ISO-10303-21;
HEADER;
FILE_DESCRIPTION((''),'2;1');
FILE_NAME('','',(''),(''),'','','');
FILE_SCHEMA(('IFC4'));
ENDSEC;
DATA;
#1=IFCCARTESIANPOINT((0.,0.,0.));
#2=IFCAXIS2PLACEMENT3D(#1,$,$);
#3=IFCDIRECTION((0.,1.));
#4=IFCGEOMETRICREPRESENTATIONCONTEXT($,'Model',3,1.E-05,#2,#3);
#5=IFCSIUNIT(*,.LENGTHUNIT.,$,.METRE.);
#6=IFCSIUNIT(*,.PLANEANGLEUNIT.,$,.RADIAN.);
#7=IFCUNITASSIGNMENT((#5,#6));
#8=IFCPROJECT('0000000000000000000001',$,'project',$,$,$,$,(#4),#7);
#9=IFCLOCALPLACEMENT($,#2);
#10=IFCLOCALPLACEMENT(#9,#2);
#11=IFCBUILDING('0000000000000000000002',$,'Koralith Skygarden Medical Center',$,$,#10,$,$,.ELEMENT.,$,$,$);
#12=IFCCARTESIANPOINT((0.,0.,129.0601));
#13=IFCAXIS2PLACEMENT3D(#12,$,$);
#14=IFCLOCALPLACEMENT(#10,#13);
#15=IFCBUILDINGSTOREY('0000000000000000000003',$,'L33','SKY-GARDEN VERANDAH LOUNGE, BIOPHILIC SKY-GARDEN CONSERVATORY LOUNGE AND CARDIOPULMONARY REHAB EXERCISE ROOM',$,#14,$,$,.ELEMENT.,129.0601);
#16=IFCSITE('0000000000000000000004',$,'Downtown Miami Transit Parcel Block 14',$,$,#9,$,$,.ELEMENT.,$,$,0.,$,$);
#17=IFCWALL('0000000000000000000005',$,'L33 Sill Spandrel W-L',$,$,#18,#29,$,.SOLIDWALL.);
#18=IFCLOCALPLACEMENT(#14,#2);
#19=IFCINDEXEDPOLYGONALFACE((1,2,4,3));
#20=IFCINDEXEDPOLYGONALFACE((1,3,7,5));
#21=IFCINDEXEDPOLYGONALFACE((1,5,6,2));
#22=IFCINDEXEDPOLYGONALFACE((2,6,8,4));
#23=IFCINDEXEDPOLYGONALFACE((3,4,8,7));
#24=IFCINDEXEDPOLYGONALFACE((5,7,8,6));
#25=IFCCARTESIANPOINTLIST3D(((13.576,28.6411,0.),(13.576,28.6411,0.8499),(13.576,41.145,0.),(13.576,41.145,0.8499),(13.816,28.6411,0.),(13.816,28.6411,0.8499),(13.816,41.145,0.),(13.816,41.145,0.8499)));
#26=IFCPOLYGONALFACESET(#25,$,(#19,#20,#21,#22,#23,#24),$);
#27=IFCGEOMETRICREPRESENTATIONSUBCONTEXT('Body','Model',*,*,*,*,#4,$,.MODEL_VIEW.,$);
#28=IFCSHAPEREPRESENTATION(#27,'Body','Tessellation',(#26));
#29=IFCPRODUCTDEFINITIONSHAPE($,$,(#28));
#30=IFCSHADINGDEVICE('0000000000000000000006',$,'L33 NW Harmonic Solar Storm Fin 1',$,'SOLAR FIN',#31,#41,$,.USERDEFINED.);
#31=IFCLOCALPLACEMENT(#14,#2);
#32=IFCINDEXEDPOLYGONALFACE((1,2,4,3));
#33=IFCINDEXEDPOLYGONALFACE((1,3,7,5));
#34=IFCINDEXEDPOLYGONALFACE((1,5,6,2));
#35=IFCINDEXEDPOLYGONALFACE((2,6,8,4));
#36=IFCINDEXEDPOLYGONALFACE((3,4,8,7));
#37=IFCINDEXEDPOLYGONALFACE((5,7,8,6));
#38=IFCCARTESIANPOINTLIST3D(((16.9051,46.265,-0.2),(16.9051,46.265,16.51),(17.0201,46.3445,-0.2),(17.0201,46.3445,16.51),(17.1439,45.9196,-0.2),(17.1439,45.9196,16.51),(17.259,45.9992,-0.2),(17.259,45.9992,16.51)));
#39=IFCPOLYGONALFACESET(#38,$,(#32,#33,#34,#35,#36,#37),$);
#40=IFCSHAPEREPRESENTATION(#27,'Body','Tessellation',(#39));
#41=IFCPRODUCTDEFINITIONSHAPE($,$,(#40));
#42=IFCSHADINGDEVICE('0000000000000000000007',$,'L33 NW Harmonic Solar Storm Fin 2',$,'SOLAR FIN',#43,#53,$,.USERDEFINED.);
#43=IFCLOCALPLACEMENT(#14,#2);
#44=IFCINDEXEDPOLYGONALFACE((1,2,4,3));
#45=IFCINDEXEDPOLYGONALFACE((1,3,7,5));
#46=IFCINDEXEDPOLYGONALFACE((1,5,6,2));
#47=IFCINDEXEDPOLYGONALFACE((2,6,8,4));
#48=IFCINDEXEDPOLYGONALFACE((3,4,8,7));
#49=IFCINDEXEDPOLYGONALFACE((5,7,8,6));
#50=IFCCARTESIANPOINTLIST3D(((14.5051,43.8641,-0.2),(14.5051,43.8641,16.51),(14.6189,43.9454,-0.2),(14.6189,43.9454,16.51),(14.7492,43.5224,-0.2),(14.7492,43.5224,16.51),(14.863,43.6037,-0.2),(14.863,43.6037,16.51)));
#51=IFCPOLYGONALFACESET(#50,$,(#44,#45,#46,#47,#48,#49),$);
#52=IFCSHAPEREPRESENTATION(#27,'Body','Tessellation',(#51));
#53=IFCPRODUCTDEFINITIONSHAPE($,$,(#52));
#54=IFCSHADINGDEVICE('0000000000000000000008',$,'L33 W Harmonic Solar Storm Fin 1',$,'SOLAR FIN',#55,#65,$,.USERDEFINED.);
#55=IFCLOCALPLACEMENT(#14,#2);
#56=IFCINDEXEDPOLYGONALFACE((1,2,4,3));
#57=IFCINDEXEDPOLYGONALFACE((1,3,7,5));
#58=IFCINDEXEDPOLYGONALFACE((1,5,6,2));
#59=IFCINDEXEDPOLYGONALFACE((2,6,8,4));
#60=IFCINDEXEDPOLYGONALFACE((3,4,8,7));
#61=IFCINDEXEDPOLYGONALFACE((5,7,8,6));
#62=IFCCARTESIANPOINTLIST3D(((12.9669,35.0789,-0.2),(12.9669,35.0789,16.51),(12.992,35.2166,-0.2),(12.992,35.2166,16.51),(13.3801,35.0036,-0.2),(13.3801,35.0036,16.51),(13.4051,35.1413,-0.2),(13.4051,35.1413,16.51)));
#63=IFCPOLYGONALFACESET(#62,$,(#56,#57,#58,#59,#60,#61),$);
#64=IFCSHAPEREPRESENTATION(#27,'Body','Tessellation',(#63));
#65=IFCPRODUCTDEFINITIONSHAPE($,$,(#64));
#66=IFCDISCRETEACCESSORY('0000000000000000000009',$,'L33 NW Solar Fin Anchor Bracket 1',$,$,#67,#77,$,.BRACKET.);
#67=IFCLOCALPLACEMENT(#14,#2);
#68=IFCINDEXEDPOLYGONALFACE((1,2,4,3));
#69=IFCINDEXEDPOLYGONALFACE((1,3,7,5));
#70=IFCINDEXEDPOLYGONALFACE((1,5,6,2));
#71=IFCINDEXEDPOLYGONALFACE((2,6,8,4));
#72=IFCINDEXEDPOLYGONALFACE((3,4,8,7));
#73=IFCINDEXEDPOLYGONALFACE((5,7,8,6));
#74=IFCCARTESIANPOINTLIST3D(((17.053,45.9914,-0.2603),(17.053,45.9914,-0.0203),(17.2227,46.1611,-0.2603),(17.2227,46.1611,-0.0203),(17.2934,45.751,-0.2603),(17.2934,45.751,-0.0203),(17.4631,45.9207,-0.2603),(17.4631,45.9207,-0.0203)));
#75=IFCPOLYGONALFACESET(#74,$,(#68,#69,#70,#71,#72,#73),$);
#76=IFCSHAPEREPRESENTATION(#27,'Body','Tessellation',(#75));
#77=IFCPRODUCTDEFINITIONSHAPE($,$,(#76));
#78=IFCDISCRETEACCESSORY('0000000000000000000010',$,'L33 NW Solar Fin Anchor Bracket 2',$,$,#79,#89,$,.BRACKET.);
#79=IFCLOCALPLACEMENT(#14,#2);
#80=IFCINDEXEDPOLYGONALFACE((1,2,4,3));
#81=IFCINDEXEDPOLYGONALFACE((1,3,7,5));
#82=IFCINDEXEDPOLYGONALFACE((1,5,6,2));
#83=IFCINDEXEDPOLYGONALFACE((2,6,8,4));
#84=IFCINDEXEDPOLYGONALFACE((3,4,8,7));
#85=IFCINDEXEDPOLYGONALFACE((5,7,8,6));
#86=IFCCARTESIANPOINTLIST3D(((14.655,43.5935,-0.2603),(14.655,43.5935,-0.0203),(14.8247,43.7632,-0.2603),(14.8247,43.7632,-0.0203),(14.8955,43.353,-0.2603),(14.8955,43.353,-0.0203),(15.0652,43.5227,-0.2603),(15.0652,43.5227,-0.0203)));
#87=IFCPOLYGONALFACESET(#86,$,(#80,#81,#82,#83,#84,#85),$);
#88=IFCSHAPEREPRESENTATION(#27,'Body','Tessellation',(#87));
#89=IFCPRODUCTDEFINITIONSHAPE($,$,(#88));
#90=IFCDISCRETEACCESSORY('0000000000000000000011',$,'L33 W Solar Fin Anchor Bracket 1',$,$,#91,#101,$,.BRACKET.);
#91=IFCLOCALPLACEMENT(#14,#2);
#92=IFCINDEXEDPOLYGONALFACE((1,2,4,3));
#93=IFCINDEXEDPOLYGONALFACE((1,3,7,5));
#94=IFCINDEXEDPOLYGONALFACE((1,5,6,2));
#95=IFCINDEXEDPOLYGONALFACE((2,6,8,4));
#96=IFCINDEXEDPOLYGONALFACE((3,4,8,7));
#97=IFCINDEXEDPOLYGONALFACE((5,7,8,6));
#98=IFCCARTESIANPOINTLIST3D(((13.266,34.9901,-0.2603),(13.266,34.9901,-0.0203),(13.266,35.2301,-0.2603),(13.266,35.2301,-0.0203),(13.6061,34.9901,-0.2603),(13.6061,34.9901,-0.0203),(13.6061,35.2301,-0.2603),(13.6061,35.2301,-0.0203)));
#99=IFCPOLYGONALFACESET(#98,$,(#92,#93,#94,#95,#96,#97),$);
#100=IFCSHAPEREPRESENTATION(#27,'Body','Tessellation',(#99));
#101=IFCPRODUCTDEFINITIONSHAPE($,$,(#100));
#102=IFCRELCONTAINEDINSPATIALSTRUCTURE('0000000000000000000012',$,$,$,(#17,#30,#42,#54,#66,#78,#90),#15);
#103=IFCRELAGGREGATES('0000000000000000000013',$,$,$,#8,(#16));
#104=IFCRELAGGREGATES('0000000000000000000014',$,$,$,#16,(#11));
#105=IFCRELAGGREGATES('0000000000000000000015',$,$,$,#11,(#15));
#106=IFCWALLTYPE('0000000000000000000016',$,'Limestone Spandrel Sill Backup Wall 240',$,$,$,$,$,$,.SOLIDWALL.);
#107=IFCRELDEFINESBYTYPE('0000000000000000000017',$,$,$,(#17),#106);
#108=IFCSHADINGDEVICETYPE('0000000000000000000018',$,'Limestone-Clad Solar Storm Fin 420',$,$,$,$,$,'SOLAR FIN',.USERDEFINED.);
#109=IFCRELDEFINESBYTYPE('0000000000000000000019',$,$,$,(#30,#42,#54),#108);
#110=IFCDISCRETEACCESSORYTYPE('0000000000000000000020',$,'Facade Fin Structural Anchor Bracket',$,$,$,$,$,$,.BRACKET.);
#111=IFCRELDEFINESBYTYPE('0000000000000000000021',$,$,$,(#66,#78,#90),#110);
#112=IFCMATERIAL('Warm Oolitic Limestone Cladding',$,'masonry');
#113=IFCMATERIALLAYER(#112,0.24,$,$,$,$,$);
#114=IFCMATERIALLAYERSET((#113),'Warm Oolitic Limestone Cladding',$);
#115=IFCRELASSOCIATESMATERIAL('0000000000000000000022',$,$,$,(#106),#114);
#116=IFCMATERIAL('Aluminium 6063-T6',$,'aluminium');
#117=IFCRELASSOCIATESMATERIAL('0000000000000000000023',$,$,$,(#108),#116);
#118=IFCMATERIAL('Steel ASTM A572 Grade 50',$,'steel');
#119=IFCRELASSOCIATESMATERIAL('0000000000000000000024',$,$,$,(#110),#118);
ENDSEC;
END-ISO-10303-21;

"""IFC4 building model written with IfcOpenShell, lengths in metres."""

from ifc_helpers import new_model, si_unit, direction, frame, frame_2d, origin, origin_2d, place, context, subcontext, project, spatial, rectangle, extrude, material, layer, layer_set, type_object, element, save


model = new_model("IFC4")

# Units and contexts
model_context = context("Model", 3, precision=1e-05, world=origin(), true_north=direction((0.0, 1.0)))
body_context = subcontext(model_context, "Body", "Model", "MODEL_VIEW")
ifc_project = project(units=[si_unit("LENGTHUNIT", "METRE"), si_unit("PLANEANGLEUNIT", "RADIAN")], contexts=[model_context])

# Site, building, storey
site_placement = place(None, origin())
site = spatial("IfcSite", under=ifc_project, at=site_placement, Name="Downtown Miami Transit Parcel Block 14", CompositionType="ELEMENT", RefElevation=0.0)
building_placement = place(site_placement, origin())
building = spatial("IfcBuilding", under=site, at=building_placement, Name="Koralith Skygarden Medical Center", CompositionType="ELEMENT")
storey_placement = place(building_placement, frame((0.0, 0.0, 129.0601)))
storey = spatial("IfcBuildingStorey", under=building, at=storey_placement, Name="L33", Description="SKY-GARDEN VERANDAH LOUNGE, BIOPHILIC SKY-GARDEN CONSERVATORY LOUNGE AND CARDIOPULMONARY REHAB EXERCISE ROOM", CompositionType="ELEMENT", Elevation=129.0601)

# Shared definitions
ifc_material_1 = material(Name="Aluminium 6063-T6", Category="aluminium")

# Shared definitions
ifc_material_2 = material(Name="Warm Oolitic Limestone Cladding", Category="masonry")

# Wall
ifc_layer_1 = layer(ifc_material_2, 0.24)
ifc_layer_set_1 = layer_set([ifc_layer_1], Name="Warm Oolitic Limestone Cladding")
wall_type_1 = type_object("IfcWallType", Name="Limestone Spandrel Sill Backup Wall 240", PredefinedType="SOLIDWALL", material=ifc_layer_set_1)
wall_1_placement = place(storey_placement, frame((13.696, 41.145, 0.0), z_axis=(0.0, 0.0, 1.0), x_axis=(0.0, -1.0, 0.0)))
element("IfcWall", 1, at=wall_1_placement, inside=storey, type_object=wall_type_1, Name="L33 Sill Spandrel W-L", PredefinedType="SOLIDWALL", context=body_context, shape_type="SweptSolid", body=[
    extrude(rectangle(XDim=12.5039, YDim=0.24, at=frame_2d((6.252, 0.0))), origin(), (0.0, 0.0, 1.0), 0.8499),
])

# Shading devices
shading_device_type = type_object("IfcShadingDeviceType", Name="Limestone-Clad Solar Storm Fin 420", ElementType="SOLAR FIN", PredefinedType="USERDEFINED", material=ifc_material_1)
for number, where, z_axis, x_axis, name in (
    (2, (17.082, 46.1321, -0.2), (0.0, 0.0, 1.0), (-0.568863, 0.822432, 0.0), "L33 NW Harmonic Solar Storm Fin 1"),
    (3, (14.6841, 43.7339, -0.2), (0.0, 0.0, 1.0), (-0.5813, 0.81369, 0.0), "L33 NW Harmonic Solar Storm Fin 2"),
    (4, (13.186, 35.1101, -0.2), (0.0, 0.0, 1.0), (-0.983794, 0.1793, 0.0), "L33 W Harmonic Solar Storm Fin 1"),
):
    element("IfcShadingDevice", number, at=place(storey_placement, frame(where, z_axis=z_axis, x_axis=x_axis)), inside=storey, type_object=shading_device_type, Name=name, ObjectType="SOLAR FIN", PredefinedType="USERDEFINED", context=body_context, shape_type="SweptSolid", body=[
        extrude(rectangle(XDim=0.4199, YDim=0.1399, at=origin_2d()), origin(), (0.0, 0.0, 1.0), 16.71),
    ])

# Discrete accessories
ifc_material_3 = material(Name="Steel ASTM A572 Grade 50", Category="steel")
discrete_accessory_type = type_object("IfcDiscreteAccessoryType", Name="Facade Fin Structural Anchor Bracket", PredefinedType="BRACKET", material=ifc_material_3)
for number, where, z_axis, x_axis, name in (
    (5, (17.2581, 45.9561, -0.2603), (0.0, 0.0, 1.0), (-0.707107, 0.707107, 0.0), "L33 NW Solar Fin Anchor Bracket 1"),
    (6, (14.8601, 43.5581, -0.2603), (0.0, 0.0, 1.0), (-0.707107, 0.707107, 0.0), "L33 NW Solar Fin Anchor Bracket 2"),
    (7, (13.436, 35.1101, -0.2603), (0.0, 0.0, 1.0), (-1.0, 0.0, 0.0), "L33 W Solar Fin Anchor Bracket 1"),
):
    element("IfcDiscreteAccessory", number, at=place(storey_placement, frame(where, z_axis=z_axis, x_axis=x_axis)), inside=storey, type_object=discrete_accessory_type, Name=name, PredefinedType="BRACKET", context=body_context, shape_type="SweptSolid", body=[
        extrude(rectangle(XDim=0.3401, YDim=0.24, at=origin_2d()), origin(), (0.0, 0.0, 1.0), 0.24),
    ])

save(model, "model.ifc")
